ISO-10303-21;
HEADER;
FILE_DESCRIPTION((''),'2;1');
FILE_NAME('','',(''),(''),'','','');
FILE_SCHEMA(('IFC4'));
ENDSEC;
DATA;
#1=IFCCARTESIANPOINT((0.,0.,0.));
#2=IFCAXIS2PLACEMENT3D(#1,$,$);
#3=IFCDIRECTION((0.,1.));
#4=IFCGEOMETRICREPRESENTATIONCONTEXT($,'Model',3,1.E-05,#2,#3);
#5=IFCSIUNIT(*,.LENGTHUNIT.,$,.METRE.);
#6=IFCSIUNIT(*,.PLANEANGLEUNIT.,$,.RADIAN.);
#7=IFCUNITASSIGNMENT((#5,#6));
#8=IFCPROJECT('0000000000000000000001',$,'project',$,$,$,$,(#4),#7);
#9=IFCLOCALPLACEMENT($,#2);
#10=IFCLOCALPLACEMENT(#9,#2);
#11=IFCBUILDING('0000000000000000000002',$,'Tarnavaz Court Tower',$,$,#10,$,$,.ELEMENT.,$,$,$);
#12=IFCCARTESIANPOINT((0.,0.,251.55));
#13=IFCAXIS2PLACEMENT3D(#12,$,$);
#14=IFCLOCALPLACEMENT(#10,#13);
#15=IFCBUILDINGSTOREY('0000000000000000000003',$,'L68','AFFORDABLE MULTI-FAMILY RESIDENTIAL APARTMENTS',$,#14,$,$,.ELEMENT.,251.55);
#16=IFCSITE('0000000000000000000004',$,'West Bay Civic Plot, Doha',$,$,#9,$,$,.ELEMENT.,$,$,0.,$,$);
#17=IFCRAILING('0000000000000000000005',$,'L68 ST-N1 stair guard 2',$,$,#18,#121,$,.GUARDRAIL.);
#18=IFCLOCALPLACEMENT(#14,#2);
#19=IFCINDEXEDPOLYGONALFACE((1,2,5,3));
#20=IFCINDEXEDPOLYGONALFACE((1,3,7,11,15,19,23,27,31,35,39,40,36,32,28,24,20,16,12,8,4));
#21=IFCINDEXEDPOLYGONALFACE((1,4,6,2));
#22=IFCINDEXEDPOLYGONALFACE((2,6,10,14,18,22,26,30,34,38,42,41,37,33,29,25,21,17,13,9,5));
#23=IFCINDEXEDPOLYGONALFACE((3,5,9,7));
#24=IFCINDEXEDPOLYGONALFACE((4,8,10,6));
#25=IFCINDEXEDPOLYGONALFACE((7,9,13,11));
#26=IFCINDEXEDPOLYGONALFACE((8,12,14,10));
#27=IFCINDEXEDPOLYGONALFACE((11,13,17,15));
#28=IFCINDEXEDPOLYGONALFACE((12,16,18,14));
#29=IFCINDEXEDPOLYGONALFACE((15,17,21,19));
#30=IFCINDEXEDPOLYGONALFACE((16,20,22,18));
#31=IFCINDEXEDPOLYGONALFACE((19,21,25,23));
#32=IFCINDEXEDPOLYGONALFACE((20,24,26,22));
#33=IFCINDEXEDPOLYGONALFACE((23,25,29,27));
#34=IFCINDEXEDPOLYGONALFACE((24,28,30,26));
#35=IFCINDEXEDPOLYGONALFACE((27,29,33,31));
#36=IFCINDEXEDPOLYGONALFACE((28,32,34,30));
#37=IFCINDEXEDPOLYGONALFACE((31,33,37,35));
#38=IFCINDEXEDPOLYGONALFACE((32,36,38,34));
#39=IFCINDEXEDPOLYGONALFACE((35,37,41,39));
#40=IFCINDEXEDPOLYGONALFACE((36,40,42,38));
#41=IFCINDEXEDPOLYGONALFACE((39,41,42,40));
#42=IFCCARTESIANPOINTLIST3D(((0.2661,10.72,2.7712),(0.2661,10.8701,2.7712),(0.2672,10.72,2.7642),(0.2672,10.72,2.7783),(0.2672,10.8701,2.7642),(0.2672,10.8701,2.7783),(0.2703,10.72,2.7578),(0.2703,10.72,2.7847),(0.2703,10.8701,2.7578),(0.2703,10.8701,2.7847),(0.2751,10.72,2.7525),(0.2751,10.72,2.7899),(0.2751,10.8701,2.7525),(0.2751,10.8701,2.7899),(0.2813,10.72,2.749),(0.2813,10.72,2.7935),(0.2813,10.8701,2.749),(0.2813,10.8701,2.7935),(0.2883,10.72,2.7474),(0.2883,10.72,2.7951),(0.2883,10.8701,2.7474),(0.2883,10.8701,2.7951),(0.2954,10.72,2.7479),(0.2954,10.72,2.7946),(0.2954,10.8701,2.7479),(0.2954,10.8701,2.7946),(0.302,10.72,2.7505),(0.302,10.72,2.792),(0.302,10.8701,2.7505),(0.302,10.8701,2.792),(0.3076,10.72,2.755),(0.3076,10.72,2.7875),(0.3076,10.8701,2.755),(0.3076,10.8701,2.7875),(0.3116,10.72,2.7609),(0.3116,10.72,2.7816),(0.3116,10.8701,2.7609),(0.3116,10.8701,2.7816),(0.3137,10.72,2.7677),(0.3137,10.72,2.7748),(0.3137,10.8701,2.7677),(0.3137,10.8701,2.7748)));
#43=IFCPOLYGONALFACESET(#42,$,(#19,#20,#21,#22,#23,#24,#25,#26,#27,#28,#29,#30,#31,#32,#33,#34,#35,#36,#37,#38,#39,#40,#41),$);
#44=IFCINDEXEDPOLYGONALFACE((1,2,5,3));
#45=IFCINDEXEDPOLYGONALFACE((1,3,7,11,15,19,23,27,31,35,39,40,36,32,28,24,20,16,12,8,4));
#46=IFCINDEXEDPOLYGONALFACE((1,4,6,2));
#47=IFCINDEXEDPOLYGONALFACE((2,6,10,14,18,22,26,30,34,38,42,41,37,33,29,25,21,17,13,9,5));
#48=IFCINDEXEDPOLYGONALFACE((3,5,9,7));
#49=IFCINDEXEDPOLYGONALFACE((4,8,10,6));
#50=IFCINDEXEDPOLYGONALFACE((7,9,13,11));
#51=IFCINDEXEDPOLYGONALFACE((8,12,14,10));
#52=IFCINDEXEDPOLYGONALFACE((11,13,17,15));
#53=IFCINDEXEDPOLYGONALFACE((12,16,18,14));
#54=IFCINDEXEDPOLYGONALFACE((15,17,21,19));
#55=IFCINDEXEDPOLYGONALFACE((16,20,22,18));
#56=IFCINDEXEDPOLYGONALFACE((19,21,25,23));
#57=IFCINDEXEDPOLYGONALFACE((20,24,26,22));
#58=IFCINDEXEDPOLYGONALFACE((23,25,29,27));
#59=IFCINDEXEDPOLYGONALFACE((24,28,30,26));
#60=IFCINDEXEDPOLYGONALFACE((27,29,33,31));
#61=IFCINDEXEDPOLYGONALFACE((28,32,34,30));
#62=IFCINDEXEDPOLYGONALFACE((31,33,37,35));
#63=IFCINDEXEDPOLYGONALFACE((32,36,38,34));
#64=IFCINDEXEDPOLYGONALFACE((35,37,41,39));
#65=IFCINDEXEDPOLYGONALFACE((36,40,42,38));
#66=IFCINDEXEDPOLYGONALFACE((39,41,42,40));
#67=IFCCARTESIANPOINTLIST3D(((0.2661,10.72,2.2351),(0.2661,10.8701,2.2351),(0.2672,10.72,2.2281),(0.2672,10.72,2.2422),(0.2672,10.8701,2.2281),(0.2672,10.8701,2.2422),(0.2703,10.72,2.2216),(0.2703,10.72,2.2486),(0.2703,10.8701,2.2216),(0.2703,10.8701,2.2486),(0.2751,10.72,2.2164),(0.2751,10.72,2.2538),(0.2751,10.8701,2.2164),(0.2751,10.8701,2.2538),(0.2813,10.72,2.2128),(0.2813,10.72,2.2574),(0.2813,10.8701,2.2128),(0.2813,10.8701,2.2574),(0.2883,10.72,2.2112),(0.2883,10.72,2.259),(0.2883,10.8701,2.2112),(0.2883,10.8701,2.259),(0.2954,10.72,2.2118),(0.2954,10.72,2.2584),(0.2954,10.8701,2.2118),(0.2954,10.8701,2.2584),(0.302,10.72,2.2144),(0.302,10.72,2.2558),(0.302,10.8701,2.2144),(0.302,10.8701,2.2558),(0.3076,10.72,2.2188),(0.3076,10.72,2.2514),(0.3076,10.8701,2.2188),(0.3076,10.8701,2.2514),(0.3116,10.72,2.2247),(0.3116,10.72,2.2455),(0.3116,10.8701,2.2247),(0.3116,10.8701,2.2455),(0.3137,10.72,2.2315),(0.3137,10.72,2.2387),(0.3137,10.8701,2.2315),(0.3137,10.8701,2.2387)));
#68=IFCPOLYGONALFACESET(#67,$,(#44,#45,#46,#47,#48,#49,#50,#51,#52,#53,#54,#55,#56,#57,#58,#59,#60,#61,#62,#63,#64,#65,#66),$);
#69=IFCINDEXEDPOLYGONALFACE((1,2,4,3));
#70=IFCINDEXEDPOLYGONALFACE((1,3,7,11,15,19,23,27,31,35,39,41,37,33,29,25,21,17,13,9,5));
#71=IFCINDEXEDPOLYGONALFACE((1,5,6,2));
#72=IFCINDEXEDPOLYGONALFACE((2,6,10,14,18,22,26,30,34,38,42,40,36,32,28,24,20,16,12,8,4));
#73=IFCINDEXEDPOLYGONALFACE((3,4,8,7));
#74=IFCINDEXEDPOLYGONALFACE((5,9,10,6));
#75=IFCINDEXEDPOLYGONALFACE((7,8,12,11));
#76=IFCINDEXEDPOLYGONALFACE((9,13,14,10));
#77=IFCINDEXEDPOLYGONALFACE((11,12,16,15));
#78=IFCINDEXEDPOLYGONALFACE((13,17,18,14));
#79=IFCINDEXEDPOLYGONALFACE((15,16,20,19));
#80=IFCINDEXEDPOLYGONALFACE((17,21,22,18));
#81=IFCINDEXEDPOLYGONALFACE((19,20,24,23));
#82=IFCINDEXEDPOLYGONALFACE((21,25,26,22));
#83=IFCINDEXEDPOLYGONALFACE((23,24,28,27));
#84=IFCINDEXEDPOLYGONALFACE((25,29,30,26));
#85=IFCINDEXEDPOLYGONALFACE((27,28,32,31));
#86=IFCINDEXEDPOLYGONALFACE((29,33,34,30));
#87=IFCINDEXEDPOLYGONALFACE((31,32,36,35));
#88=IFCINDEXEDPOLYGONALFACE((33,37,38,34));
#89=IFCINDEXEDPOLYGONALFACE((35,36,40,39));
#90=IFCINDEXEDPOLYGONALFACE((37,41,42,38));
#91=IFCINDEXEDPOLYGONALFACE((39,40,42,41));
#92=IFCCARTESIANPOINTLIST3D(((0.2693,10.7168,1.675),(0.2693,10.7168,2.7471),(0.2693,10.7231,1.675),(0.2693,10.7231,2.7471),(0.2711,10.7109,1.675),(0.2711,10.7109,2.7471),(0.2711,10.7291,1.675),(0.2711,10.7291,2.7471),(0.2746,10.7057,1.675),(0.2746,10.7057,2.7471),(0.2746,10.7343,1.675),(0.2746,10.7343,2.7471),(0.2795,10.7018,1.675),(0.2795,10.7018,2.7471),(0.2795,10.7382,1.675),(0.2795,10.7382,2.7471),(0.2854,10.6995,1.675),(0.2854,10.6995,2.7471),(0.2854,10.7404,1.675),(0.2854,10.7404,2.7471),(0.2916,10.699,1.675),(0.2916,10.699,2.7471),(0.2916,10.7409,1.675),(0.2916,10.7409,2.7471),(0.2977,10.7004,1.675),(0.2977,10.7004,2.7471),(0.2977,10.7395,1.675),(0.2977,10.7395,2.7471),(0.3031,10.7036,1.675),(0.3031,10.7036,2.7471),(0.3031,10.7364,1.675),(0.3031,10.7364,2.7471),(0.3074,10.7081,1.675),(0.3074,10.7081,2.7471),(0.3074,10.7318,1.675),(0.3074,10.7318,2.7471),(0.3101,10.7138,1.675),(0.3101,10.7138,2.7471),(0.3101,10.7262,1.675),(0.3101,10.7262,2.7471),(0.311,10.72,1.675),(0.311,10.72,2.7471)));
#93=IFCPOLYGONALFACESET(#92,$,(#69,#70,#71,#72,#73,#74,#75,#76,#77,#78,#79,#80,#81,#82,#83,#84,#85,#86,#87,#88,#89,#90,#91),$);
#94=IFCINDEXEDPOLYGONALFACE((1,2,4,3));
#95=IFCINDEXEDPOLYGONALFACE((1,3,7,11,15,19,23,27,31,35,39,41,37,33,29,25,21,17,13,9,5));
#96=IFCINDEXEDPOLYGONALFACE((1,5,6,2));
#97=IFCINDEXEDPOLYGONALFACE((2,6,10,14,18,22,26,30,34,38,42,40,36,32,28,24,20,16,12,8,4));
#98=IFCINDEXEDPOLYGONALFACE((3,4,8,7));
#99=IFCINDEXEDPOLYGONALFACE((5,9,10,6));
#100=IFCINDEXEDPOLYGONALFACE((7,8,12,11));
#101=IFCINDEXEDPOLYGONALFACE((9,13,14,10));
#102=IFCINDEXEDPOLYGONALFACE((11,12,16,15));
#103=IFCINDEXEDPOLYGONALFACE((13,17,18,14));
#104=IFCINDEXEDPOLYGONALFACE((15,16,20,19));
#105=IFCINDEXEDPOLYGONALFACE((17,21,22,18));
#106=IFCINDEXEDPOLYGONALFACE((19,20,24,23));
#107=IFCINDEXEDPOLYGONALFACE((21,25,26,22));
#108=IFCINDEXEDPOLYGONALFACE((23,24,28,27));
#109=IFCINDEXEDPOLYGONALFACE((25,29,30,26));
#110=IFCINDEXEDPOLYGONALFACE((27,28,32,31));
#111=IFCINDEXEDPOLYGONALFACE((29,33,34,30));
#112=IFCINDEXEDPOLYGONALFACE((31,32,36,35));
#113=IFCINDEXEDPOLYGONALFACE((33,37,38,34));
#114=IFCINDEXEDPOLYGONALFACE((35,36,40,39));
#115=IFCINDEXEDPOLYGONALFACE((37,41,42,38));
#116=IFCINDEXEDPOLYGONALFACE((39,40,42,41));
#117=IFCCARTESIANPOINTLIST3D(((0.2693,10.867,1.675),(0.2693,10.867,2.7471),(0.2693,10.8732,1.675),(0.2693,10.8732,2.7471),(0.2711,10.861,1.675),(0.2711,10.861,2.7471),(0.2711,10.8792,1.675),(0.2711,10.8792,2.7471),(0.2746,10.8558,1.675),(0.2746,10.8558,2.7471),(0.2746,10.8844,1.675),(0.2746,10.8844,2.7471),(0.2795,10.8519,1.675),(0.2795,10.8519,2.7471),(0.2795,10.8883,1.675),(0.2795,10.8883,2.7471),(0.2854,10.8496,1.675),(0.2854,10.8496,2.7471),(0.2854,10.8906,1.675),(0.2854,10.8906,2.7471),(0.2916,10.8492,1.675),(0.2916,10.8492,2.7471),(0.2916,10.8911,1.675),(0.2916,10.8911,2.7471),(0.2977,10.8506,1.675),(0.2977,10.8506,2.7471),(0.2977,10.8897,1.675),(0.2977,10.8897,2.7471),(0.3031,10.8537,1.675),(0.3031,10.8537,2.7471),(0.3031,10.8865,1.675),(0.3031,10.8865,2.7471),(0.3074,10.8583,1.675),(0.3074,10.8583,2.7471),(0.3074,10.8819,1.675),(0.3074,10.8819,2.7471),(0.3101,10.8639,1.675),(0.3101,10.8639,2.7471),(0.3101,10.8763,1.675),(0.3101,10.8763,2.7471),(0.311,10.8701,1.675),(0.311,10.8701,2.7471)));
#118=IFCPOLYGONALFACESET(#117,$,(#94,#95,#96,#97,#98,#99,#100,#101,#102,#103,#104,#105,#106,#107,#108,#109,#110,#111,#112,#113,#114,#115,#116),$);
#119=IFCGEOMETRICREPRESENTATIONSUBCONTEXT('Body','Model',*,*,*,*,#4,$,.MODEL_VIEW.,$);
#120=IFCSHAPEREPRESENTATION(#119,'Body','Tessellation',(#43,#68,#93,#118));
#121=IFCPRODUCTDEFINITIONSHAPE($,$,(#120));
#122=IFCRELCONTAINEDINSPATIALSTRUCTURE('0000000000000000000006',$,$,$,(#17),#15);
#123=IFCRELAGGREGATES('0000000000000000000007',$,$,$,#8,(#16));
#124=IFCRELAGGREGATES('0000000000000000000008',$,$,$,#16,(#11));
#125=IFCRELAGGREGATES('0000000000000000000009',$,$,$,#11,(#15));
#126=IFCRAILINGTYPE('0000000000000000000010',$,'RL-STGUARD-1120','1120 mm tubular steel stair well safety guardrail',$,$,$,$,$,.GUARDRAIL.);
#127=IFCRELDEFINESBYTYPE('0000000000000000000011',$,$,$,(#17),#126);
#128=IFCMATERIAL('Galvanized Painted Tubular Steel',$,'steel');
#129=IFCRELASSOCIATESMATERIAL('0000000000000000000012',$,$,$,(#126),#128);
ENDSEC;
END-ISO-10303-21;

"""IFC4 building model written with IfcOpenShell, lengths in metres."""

from ifc_helpers import new_model, si_unit, direction, frame, origin, origin_2d, place, context, subcontext, project, spatial, circle, extrude, material, type_object, element, save


model = new_model("IFC4")

# Units and contexts
model_context = context("Model", 3, precision=1e-05, world=origin(), true_north=direction((0.0, 1.0)))
body_context = subcontext(model_context, "Body", "Model", "MODEL_VIEW")
ifc_project = project(units=[si_unit("LENGTHUNIT", "METRE"), si_unit("PLANEANGLEUNIT", "RADIAN")], contexts=[model_context])

# Site, building, storey
site_placement = place(None, origin())
site = spatial("IfcSite", under=ifc_project, at=site_placement, Name="West Bay Civic Plot, Doha", CompositionType="ELEMENT", RefElevation=0.0)
building_placement = place(site_placement, origin())
building = spatial("IfcBuilding", under=site, at=building_placement, Name="Tarnavaz Court Tower", CompositionType="ELEMENT")
storey_placement = place(building_placement, frame((0.0, 0.0, 251.55)))
storey = spatial("IfcBuildingStorey", under=building, at=storey_placement, Name="L68", Description="AFFORDABLE MULTI-FAMILY RESIDENTIAL APARTMENTS", CompositionType="ELEMENT", Elevation=251.55)

# Railing
ifc_material_1 = material(Name="Galvanized Painted Tubular Steel", Category="steel")
railing_type_1 = type_object("IfcRailingType", Name="RL-STGUARD-1120", Description="1120 mm tubular steel stair well safety guardrail", PredefinedType="GUARDRAIL", material=ifc_material_1)
railing_1_placement = place(storey_placement, frame((0.29, 10.72, 1.675)))
element("IfcRailing", 1, at=railing_1_placement, inside=storey, type_object=railing_type_1, Name="L68 ST-N1 stair guard 2", PredefinedType="GUARDRAIL", context=body_context, shape_type="SweptSolid", body=[
    extrude(circle(Radius=0.0239, at=origin_2d()), frame((0.0, 0.0, 1.0962), z_axis=(0.0, 1.0, 0.0), x_axis=(-1.0, 0.0, 0.0)), (0.0, 0.0, 1.0), 0.1501),
    extrude(circle(Radius=0.0239, at=origin_2d()), frame((0.0, 0.0, 0.5601), z_axis=(0.0, 1.0, 0.0), x_axis=(-1.0, 0.0, 0.0)), (0.0, 0.0, 1.0), 0.1501),
    extrude(circle(Radius=0.021, at=origin_2d()), origin(), (0.0, 0.0, 1.0), 1.072),
    extrude(circle(Radius=0.021, at=origin_2d()), frame((0.0, 0.1501, 0.0)), (0.0, 0.0, 1.0), 1.072),
])

save(model, "model.ifc")
